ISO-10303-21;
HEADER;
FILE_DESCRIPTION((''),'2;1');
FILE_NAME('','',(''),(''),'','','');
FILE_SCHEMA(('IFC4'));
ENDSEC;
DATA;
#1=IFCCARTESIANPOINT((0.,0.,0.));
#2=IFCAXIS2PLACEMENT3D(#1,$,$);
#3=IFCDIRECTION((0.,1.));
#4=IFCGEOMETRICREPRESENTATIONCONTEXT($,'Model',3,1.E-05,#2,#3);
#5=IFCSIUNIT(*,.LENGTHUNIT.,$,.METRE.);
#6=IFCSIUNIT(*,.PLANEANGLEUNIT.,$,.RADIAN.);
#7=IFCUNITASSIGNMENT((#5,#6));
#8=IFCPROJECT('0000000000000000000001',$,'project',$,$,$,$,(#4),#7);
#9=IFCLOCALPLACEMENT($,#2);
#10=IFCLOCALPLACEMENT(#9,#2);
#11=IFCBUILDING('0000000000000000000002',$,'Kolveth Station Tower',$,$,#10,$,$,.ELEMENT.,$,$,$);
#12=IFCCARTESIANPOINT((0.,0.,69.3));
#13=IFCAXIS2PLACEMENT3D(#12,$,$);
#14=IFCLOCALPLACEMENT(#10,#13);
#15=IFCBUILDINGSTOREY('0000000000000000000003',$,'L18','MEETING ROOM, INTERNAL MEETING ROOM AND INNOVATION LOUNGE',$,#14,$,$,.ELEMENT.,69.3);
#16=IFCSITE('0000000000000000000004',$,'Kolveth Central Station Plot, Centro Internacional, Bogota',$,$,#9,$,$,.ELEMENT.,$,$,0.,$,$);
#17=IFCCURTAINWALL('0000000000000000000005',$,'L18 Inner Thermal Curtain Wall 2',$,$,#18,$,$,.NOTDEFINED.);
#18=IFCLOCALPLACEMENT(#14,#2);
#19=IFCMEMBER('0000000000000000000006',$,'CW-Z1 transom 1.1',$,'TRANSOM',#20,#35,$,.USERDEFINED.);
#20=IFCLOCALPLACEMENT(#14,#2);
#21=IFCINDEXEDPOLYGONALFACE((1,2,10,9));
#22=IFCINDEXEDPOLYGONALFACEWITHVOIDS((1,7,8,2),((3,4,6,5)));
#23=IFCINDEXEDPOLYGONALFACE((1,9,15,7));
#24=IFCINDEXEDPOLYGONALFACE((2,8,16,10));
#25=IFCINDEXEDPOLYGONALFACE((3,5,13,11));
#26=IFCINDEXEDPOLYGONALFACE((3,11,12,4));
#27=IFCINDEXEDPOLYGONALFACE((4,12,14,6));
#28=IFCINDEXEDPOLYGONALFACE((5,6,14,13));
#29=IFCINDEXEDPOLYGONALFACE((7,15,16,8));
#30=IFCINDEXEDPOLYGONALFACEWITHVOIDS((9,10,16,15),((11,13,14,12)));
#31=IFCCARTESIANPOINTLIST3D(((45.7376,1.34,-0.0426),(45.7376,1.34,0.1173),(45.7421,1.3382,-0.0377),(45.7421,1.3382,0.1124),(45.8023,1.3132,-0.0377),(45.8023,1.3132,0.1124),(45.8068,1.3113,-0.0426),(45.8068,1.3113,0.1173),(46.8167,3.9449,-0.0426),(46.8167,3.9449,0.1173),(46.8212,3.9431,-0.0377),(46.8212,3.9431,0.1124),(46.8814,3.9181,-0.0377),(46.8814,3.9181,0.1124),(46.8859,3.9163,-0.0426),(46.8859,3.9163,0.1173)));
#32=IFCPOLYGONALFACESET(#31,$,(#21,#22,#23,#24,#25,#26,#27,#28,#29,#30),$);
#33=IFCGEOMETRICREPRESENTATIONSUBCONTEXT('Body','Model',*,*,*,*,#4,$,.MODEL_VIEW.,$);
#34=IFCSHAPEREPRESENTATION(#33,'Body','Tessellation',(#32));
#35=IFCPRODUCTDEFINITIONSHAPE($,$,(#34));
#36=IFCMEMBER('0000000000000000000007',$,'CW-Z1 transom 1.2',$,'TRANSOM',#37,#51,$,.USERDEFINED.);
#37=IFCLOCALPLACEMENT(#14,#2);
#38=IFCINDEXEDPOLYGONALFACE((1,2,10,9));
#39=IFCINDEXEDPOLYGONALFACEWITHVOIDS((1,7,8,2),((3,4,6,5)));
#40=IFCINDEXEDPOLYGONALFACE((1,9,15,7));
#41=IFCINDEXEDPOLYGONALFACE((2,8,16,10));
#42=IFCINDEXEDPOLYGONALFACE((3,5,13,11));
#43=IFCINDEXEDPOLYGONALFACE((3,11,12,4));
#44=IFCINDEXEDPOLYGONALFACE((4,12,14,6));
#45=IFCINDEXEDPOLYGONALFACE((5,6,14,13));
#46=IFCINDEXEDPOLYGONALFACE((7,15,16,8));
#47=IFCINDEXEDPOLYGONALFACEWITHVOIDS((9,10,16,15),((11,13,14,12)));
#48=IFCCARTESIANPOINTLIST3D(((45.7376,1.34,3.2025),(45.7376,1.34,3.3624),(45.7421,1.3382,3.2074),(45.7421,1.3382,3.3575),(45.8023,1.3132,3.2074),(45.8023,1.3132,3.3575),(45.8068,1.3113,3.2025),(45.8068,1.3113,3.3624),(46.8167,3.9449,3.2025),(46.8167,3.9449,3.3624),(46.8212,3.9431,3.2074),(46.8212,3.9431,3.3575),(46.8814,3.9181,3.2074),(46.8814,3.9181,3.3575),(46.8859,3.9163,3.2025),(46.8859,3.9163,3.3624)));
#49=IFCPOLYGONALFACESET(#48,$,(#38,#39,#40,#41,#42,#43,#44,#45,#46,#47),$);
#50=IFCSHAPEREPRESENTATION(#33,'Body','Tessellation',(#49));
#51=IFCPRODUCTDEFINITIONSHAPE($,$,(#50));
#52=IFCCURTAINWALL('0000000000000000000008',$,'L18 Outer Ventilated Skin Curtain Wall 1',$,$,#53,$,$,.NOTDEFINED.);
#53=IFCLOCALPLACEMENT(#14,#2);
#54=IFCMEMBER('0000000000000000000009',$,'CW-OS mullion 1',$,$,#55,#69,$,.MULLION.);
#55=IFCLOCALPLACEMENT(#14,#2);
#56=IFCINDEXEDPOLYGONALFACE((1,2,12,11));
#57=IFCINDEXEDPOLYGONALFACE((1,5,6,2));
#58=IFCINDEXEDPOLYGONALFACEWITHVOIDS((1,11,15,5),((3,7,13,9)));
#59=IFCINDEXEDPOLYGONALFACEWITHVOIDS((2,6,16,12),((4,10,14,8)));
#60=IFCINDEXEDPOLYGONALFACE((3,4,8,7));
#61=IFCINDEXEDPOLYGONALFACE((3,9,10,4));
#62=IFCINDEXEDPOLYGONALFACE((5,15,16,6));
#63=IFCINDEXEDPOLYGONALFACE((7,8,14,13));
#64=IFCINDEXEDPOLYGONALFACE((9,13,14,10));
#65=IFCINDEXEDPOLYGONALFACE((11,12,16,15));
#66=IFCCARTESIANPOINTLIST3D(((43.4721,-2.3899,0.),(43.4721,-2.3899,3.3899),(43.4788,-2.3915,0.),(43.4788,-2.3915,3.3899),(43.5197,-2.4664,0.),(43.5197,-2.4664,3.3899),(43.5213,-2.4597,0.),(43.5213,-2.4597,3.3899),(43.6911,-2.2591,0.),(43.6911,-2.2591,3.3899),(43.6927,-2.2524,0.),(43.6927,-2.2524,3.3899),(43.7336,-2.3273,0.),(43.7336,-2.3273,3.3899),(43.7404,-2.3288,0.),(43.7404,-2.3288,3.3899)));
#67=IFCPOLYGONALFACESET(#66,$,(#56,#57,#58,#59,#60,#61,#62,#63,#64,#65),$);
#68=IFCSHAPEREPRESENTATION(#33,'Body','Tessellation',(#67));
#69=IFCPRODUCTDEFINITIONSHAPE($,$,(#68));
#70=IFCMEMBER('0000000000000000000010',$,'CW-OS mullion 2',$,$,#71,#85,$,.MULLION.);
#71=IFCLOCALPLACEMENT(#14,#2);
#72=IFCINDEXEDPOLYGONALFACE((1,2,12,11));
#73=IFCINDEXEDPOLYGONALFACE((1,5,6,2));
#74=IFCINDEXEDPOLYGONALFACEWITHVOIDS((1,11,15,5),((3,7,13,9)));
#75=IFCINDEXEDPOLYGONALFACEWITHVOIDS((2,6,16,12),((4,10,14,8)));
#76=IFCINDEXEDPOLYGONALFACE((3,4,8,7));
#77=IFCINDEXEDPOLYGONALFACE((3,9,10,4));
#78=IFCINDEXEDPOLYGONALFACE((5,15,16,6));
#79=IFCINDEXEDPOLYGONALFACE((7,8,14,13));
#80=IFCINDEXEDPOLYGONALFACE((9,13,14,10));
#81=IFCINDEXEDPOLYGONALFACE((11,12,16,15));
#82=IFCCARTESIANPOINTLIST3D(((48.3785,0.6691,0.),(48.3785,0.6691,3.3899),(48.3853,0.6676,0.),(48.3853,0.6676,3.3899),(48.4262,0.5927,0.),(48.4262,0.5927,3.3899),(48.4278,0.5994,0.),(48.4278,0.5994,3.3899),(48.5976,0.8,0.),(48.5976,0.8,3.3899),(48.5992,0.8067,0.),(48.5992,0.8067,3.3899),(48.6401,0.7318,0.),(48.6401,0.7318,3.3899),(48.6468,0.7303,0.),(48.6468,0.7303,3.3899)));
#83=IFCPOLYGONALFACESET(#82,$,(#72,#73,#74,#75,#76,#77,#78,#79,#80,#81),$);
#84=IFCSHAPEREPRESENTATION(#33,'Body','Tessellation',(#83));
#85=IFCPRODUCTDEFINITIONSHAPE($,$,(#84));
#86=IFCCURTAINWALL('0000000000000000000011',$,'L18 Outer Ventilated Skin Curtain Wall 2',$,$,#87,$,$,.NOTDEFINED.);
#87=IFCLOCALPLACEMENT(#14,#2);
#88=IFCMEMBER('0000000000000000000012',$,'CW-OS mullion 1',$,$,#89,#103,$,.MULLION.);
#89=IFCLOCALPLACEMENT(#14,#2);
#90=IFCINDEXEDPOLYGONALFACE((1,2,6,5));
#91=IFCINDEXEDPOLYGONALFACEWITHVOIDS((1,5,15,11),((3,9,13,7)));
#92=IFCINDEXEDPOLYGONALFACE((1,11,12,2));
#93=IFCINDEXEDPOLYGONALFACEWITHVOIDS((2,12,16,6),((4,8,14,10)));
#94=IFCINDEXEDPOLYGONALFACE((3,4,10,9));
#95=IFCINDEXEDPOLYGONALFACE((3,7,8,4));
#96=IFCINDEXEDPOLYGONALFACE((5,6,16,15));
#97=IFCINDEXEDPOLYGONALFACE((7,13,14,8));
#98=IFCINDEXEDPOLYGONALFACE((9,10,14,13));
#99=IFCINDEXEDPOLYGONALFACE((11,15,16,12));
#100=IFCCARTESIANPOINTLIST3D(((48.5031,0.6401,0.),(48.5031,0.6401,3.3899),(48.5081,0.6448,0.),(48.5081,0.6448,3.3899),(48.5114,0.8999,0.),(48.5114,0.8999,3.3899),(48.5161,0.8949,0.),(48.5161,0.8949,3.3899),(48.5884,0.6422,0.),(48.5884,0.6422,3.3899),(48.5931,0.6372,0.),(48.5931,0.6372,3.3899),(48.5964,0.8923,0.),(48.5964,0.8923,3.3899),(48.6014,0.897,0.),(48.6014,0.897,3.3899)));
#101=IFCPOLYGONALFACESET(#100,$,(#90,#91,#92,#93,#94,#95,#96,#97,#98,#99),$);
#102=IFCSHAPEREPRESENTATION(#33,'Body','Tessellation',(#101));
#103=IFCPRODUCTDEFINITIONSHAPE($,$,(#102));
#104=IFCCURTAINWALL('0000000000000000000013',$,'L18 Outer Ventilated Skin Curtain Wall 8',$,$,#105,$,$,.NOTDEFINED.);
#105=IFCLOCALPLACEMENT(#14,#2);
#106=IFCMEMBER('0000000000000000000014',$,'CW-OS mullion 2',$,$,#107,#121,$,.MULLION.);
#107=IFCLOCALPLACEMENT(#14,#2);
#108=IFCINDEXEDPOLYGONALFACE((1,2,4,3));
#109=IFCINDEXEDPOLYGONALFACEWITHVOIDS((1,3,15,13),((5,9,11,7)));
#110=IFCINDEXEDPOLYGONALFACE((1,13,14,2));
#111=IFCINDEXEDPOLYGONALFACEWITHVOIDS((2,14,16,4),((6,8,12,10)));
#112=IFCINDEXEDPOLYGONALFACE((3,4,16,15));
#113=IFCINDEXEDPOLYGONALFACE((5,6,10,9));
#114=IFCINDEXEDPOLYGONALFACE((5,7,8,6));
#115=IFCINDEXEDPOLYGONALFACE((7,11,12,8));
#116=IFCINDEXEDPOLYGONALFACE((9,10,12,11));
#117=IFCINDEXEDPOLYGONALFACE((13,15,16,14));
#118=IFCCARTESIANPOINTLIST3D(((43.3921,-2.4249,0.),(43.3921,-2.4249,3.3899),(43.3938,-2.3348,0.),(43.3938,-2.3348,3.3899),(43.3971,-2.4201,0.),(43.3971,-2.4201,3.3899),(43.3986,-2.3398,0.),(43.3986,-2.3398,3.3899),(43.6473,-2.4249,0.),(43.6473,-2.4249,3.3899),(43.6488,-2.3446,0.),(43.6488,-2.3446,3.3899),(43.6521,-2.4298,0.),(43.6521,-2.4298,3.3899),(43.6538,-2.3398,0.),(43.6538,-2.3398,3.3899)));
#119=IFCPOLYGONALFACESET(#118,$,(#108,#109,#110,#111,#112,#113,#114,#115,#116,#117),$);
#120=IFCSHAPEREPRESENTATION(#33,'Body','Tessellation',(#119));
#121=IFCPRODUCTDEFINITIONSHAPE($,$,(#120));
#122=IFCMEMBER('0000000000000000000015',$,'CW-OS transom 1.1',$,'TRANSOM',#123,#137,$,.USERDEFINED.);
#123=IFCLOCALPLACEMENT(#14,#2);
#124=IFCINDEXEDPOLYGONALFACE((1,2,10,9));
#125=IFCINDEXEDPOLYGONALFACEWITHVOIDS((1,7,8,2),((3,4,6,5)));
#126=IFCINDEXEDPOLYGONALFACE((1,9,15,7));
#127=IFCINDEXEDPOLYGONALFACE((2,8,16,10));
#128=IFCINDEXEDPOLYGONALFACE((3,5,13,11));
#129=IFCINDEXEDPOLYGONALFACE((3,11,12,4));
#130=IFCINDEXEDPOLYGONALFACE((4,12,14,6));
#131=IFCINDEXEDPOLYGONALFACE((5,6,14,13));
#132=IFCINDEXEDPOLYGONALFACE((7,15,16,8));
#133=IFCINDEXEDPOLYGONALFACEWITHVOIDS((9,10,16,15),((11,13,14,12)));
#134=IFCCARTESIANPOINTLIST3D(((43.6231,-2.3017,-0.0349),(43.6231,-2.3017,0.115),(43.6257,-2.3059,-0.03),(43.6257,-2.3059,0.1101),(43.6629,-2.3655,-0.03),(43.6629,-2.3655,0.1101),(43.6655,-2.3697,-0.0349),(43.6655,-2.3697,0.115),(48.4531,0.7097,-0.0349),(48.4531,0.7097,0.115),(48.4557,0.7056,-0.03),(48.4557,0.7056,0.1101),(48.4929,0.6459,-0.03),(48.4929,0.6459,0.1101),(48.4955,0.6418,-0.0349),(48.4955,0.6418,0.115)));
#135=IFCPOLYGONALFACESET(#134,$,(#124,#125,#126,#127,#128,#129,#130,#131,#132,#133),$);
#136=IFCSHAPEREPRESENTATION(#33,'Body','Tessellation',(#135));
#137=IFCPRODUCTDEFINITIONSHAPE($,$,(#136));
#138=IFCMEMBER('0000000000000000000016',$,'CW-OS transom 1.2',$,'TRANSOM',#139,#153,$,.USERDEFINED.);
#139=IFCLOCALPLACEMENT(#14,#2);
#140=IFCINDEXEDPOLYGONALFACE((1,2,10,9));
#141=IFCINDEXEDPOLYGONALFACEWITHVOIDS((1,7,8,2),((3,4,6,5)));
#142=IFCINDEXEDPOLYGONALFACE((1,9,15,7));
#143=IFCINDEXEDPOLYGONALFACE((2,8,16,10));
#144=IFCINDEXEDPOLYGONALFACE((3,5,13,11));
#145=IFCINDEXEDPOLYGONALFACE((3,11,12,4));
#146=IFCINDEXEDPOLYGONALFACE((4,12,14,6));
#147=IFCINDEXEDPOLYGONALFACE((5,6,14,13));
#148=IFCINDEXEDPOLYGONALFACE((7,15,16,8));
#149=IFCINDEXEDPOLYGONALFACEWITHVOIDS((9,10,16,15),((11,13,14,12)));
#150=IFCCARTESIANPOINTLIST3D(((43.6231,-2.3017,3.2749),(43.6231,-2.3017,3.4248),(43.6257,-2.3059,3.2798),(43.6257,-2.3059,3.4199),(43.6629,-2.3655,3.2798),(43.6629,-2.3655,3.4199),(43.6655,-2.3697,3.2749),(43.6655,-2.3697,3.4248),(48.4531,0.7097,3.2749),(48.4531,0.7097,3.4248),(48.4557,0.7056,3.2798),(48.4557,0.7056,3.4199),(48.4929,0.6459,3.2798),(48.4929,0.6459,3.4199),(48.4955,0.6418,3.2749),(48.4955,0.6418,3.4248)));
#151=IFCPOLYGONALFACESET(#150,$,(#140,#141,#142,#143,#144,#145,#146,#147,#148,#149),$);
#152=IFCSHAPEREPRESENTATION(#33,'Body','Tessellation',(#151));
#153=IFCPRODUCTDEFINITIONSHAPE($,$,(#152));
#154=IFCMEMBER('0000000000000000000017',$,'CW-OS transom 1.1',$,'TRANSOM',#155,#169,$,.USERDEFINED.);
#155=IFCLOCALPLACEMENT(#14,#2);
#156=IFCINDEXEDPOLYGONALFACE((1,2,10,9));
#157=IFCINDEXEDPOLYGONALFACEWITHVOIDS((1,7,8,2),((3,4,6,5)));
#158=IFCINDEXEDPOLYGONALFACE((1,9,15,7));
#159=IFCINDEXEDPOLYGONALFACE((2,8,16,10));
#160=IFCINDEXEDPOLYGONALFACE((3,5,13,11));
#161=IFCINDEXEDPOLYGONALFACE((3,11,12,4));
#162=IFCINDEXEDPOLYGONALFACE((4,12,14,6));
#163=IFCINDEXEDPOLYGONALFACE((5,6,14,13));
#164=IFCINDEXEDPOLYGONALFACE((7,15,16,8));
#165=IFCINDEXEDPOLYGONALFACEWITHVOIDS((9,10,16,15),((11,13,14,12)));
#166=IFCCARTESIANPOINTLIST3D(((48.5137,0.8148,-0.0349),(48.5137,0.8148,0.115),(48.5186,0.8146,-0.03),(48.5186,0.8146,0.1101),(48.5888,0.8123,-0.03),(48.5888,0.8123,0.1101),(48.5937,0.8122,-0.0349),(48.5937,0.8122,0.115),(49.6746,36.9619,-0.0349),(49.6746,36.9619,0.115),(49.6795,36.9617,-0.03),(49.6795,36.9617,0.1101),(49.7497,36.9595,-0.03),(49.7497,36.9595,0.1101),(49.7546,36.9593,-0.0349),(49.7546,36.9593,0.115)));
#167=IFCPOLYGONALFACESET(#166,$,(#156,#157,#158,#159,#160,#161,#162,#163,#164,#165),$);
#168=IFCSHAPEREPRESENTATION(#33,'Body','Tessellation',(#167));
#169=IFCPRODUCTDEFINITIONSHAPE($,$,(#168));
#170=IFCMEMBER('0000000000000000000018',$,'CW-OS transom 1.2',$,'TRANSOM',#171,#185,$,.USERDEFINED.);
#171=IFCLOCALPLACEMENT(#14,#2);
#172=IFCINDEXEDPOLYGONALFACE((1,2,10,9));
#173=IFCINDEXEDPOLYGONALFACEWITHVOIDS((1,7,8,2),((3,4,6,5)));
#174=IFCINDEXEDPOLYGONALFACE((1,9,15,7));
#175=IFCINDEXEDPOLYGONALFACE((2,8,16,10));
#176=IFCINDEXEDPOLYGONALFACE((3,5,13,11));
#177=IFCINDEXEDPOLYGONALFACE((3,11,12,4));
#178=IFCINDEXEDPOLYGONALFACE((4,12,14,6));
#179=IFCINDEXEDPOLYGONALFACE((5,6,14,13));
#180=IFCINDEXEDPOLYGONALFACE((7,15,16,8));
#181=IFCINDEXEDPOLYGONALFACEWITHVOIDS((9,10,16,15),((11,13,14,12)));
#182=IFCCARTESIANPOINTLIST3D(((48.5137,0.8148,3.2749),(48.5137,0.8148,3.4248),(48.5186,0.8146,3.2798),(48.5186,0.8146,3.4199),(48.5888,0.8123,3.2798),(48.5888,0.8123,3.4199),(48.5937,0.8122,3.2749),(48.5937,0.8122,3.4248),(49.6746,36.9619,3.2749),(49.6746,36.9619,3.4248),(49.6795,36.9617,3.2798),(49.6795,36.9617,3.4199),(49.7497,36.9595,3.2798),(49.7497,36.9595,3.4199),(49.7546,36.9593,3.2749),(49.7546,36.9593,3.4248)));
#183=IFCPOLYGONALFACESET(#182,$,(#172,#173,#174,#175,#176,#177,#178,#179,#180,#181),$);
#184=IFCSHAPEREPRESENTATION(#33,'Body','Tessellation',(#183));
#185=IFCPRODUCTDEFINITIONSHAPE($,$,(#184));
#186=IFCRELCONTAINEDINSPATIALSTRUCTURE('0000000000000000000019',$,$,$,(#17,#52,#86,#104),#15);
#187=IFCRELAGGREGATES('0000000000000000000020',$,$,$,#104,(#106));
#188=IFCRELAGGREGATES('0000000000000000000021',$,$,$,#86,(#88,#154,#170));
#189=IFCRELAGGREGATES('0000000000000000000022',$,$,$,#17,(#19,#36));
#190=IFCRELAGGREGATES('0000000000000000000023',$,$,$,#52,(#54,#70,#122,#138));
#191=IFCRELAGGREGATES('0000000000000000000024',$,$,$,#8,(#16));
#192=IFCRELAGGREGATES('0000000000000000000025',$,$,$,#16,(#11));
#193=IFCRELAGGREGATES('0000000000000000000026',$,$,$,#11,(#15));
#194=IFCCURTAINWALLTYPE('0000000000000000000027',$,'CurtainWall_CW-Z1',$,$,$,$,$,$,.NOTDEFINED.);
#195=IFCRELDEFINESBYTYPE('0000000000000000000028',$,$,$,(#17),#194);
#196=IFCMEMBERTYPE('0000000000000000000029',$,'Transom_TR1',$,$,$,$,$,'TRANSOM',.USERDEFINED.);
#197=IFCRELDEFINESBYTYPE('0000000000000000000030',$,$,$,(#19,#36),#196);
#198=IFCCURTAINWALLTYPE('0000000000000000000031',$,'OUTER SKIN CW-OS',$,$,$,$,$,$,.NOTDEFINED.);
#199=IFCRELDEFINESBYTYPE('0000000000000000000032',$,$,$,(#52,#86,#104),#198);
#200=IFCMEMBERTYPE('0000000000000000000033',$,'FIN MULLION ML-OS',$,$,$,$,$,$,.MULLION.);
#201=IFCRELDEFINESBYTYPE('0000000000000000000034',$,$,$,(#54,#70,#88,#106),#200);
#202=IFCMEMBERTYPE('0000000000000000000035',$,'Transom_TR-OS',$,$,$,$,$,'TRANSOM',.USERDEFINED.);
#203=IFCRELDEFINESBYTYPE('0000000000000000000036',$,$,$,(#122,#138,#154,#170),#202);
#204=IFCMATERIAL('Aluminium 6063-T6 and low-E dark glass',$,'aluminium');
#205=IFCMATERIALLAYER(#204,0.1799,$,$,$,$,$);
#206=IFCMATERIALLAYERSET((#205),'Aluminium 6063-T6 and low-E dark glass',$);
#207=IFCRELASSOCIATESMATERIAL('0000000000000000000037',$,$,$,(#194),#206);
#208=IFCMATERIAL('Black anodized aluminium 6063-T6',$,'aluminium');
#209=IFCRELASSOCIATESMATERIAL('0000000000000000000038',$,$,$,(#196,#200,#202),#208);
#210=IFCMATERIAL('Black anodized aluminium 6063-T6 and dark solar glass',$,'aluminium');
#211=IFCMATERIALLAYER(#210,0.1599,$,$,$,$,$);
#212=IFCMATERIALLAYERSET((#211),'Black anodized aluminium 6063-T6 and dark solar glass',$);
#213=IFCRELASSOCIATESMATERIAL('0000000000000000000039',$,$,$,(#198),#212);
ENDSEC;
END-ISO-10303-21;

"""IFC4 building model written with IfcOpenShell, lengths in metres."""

from ifc_helpers import new_model, si_unit, direction, frame, origin, origin_2d, place, context, subcontext, project, spatial, hollow_rectangle, extrude, source, transform, mapped, material, layer, layer_set, material_profile, profile_set, type_object, element, aggregate, save


model = new_model("IFC4")

# Units and contexts
model_context = context("Model", 3, precision=1e-05, world=origin(), true_north=direction((0.0, 1.0)))
body_context = subcontext(model_context, "Body", "Model", "MODEL_VIEW")
ifc_project = project(units=[si_unit("LENGTHUNIT", "METRE"), si_unit("PLANEANGLEUNIT", "RADIAN")], contexts=[model_context])

# Site, building, storey
site_placement = place(None, origin())
site = spatial("IfcSite", under=ifc_project, at=site_placement, Name="Kolveth Central Station Plot, Centro Internacional, Bogota", CompositionType="ELEMENT", RefElevation=0.0)
building_placement = place(site_placement, origin())
building = spatial("IfcBuilding", under=site, at=building_placement, Name="Kolveth Station Tower", CompositionType="ELEMENT")
storey_placement = place(building_placement, frame((0.0, 0.0, 69.3)))
storey = spatial("IfcBuildingStorey", under=building, at=storey_placement, Name="L18", Description="MEETING ROOM, INTERNAL MEETING ROOM AND INNOVATION LOUNGE", CompositionType="ELEMENT", Elevation=69.3)

# Curtain wall
ifc_material_1 = material(Name="Aluminium 6063-T6 and low-E dark glass", Category="aluminium")
ifc_layer_1 = layer(ifc_material_1, 0.1799)
ifc_layer_set_1 = layer_set([ifc_layer_1], Name="Aluminium 6063-T6 and low-E dark glass")
curtain_wall_type_1 = type_object("IfcCurtainWallType", Name="CurtainWall_CW-Z1", PredefinedType="NOTDEFINED", material=ifc_layer_set_1)
ifc_material_2 = material(Name="Black anodized aluminium 6063-T6", Category="aluminium")
curtain_wall_1_placement = place(storey_placement, origin())
curtain_wall_1 = element("IfcCurtainWall", 1, at=curtain_wall_1_placement, inside=storey, type_object=curtain_wall_type_1, Name="L18 Inner Thermal Curtain Wall 2", PredefinedType="NOTDEFINED")

# Members
ifc_material_profile_1 = material_profile(ifc_material_2, hollow_rectangle(XDim=0.075, YDim=0.1599, WallThickness=0.0049, at=origin_2d()), Name="ALU-75x160x5")
ifc_profile_set_1 = profile_set([ifc_material_profile_1], Name="Black anodized aluminium 6063-T6")
member_type_1 = type_object("IfcMemberType", Name="Transom_TR1", ElementType="TRANSOM", PredefinedType="USERDEFINED", material=ifc_profile_set_1)
shared_shape_1 = source(origin(), body_context, "Body", "SweptSolid", [
    extrude(hollow_rectangle(XDim=0.075, YDim=0.1599, WallThickness=0.0049, at=origin_2d()), origin(), (0.0, 0.0, 1.0), 2.8196),
])
member_1_placement = place(storey_placement, frame((45.7722, 1.3257, 0.0374), z_axis=(0.382709, 0.923869, 0.0), x_axis=(-0.923869, 0.382709, 0.0)))
member_1 = element("IfcMember", 2, at=member_1_placement, type_object=member_type_1, Name="CW-Z1 transom 1.1", ObjectType="TRANSOM", PredefinedType="USERDEFINED", context=body_context, shape_type="MappedRepresentation", body=[
    mapped(shared_shape_1, transform((0.0, 0.0, 0.0), x_axis=(1.0, 0.0, 0.0), y_axis=(0.0, 1.0, 0.0), z_axis=(0.0, 0.0, 1.0), scale=1.0)),
])
member_2_placement = place(storey_placement, frame((45.7722, 1.3257, 3.2825), z_axis=(0.382709, 0.923869, 0.0), x_axis=(-0.923869, 0.382709, 0.0)))
member_2 = element("IfcMember", 3, at=member_2_placement, type_object=member_type_1, Name="CW-Z1 transom 1.2", ObjectType="TRANSOM", PredefinedType="USERDEFINED", context=body_context, shape_type="MappedRepresentation", body=[
    mapped(shared_shape_1, transform((0.0, 0.0, 0.0), x_axis=(1.0, 0.0, 0.0), y_axis=(0.0, 1.0, 0.0), z_axis=(0.0, 0.0, 1.0), scale=1.0)),
])

# Curtain wall, members
ifc_material_3 = material(Name="Black anodized aluminium 6063-T6 and dark solar glass", Category="aluminium")
ifc_layer_2 = layer(ifc_material_3, 0.1599)
ifc_layer_set_2 = layer_set([ifc_layer_2], Name="Black anodized aluminium 6063-T6 and dark solar glass")
curtain_wall_type_2 = type_object("IfcCurtainWallType", Name="OUTER SKIN CW-OS", PredefinedType="NOTDEFINED", material=ifc_layer_set_2)
curtain_wall_2_placement = place(storey_placement, origin())
curtain_wall_2 = element("IfcCurtainWall", 4, at=curtain_wall_2_placement, inside=storey, type_object=curtain_wall_type_2, Name="L18 Outer Ventilated Skin Curtain Wall 1", PredefinedType="NOTDEFINED")
ifc_material_profile_2 = material_profile(ifc_material_2, hollow_rectangle(XDim=0.0901, YDim=0.26, WallThickness=0.0049, at=origin_2d()), Name="ALU-90x260x5")
ifc_profile_set_2 = profile_set([ifc_material_profile_2], Name="Black anodized aluminium 6063-T6")
member_type_2 = type_object("IfcMemberType", Name="FIN MULLION ML-OS", PredefinedType="MULLION", material=ifc_profile_set_2)
shared_shape_2 = source(origin(), body_context, "Body", "SweptSolid", [
    extrude(hollow_rectangle(XDim=0.0901, YDim=0.26, WallThickness=0.0049, at=origin_2d()), origin(), (0.0, 0.0, 1.0), 3.3899),
])
member_3_placement = place(storey_placement, frame((43.6062, -2.3594, 0.0), z_axis=(0.0, 0.0, 1.0), x_axis=(-0.529079, 0.848573, 0.0)))
member_3 = element("IfcMember", 5, at=member_3_placement, type_object=member_type_2, Name="CW-OS mullion 1", PredefinedType="MULLION", context=body_context, shape_type="MappedRepresentation", body=[
    mapped(shared_shape_2, transform((0.0, 0.0, 0.0), x_axis=(1.0, 0.0, 0.0), y_axis=(0.0, 1.0, 0.0), z_axis=(0.0, 0.0, 1.0), scale=1.0)),
])
member_4_placement = place(storey_placement, frame((48.5127, 0.6997, 0.0), z_axis=(0.0, 0.0, 1.0), x_axis=(-0.529079, 0.848573, 0.0)))
member_4 = element("IfcMember", 6, at=member_4_placement, type_object=member_type_2, Name="CW-OS mullion 2", PredefinedType="MULLION", context=body_context, shape_type="MappedRepresentation", body=[
    mapped(shared_shape_2, transform((0.0, 0.0, 0.0), x_axis=(1.0, 0.0, 0.0), y_axis=(0.0, 1.0, 0.0), z_axis=(0.0, 0.0, 1.0), scale=1.0)),
])

# Curtain walls, members
curtain_wall_3_placement = place(storey_placement, origin())
curtain_wall_3 = element("IfcCurtainWall", 7, at=curtain_wall_3_placement, inside=storey, type_object=curtain_wall_type_2, Name="L18 Outer Ventilated Skin Curtain Wall 2", PredefinedType="NOTDEFINED")
member_5_placement = place(storey_placement, frame((48.5522, 0.7686, 0.0), z_axis=(0.0, 0.0, 1.0), x_axis=(-0.999485, 0.0321, 0.0)))
member_5 = element("IfcMember", 8, at=member_5_placement, type_object=member_type_2, Name="CW-OS mullion 1", PredefinedType="MULLION", context=body_context, shape_type="MappedRepresentation", body=[
    mapped(shared_shape_2, transform((0.0, 0.0, 0.0), x_axis=(1.0, 0.0, 0.0), y_axis=(0.0, 1.0, 0.0), z_axis=(0.0, 0.0, 1.0), scale=1.0)),
])
curtain_wall_4_placement = place(storey_placement, origin())
curtain_wall_4 = element("IfcCurtainWall", 9, at=curtain_wall_4_placement, inside=storey, type_object=curtain_wall_type_2, Name="L18 Outer Ventilated Skin Curtain Wall 8", PredefinedType="NOTDEFINED")
member_6_placement = place(storey_placement, frame((43.5229, -2.3823, 0.0), z_axis=(0.0, 0.0, 1.0), x_axis=(0.019127, 0.999817, 0.0)))
member_6 = element("IfcMember", 10, at=member_6_placement, type_object=member_type_2, Name="CW-OS mullion 2", PredefinedType="MULLION", context=body_context, shape_type="MappedRepresentation", body=[
    mapped(shared_shape_2, transform((0.0, 0.0, 0.0), x_axis=(1.0, 0.0, 0.0), y_axis=(0.0, 1.0, 0.0), z_axis=(0.0, 0.0, 1.0), scale=1.0)),
])
aggregate(curtain_wall_4, [member_6])

# Members
ifc_material_profile_3 = material_profile(ifc_material_2, hollow_rectangle(XDim=0.0801, YDim=0.1499, WallThickness=0.0049, at=origin_2d()), Name="ALU-80x150x5")
ifc_profile_set_3 = profile_set([ifc_material_profile_3], Name="Black anodized aluminium 6063-T6")
member_type_3 = type_object("IfcMemberType", Name="Transom_TR-OS", ElementType="TRANSOM", PredefinedType="USERDEFINED", material=ifc_profile_set_3)
shared_shape_3 = source(origin(), body_context, "Body", "SweptSolid", [
    extrude(hollow_rectangle(XDim=0.0801, YDim=0.1499, WallThickness=0.0049, at=origin_2d()), origin(), (0.0, 0.0, 1.0), 5.6919),
])
member_7_placement = place(storey_placement, frame((43.6443, -2.3357, 0.04), z_axis=(0.848576, 0.529073, 0.0), x_axis=(-0.529073, 0.848576, 0.0)))
member_7 = element("IfcMember", 11, at=member_7_placement, type_object=member_type_3, Name="CW-OS transom 1.1", ObjectType="TRANSOM", PredefinedType="USERDEFINED", context=body_context, shape_type="MappedRepresentation", body=[
    mapped(shared_shape_3, transform((0.0, 0.0, 0.0), x_axis=(1.0, 0.0, 0.0), y_axis=(0.0, 1.0, 0.0), z_axis=(0.0, 0.0, 1.0), scale=1.0)),
])
member_8_placement = place(storey_placement, frame((43.6443, -2.3357, 3.3499), z_axis=(0.848576, 0.529073, 0.0), x_axis=(-0.529073, 0.848576, 0.0)))
member_8 = element("IfcMember", 12, at=member_8_placement, type_object=member_type_3, Name="CW-OS transom 1.2", ObjectType="TRANSOM", PredefinedType="USERDEFINED", context=body_context, shape_type="MappedRepresentation", body=[
    mapped(shared_shape_3, transform((0.0, 0.0, 0.0), x_axis=(1.0, 0.0, 0.0), y_axis=(0.0, 1.0, 0.0), z_axis=(0.0, 0.0, 1.0), scale=1.0)),
])
shared_shape_4 = source(origin(), body_context, "Body", "SweptSolid", [
    extrude(hollow_rectangle(XDim=0.0801, YDim=0.1499, WallThickness=0.0049, at=origin_2d()), origin(), (0.0, 0.0, 1.0), 36.1658),
])
member_9_placement = place(storey_placement, frame((48.5537, 0.8135, 0.04), z_axis=(0.032099, 0.999485, 0.0), x_axis=(-0.999485, 0.032099, 0.0)))
member_9 = element("IfcMember", 13, at=member_9_placement, type_object=member_type_3, Name="CW-OS transom 1.1", ObjectType="TRANSOM", PredefinedType="USERDEFINED", context=body_context, shape_type="MappedRepresentation", body=[
    mapped(shared_shape_4, transform((0.0, 0.0, 0.0), x_axis=(1.0, 0.0, 0.0), y_axis=(0.0, 1.0, 0.0), z_axis=(0.0, 0.0, 1.0), scale=1.0)),
])
member_10_placement = place(storey_placement, frame((48.5537, 0.8135, 3.3499), z_axis=(0.032099, 0.999485, 0.0), x_axis=(-0.999485, 0.032099, 0.0)))
member_10 = element("IfcMember", 14, at=member_10_placement, type_object=member_type_3, Name="CW-OS transom 1.2", ObjectType="TRANSOM", PredefinedType="USERDEFINED", context=body_context, shape_type="MappedRepresentation", body=[
    mapped(shared_shape_4, transform((0.0, 0.0, 0.0), x_axis=(1.0, 0.0, 0.0), y_axis=(0.0, 1.0, 0.0), z_axis=(0.0, 0.0, 1.0), scale=1.0)),
])
aggregate(curtain_wall_3, [member_5, member_9, member_10])

aggregate(curtain_wall_1, [member_1, member_2])
aggregate(curtain_wall_2, [member_3, member_4, member_7, member_8])

save(model, "model.ifc")
